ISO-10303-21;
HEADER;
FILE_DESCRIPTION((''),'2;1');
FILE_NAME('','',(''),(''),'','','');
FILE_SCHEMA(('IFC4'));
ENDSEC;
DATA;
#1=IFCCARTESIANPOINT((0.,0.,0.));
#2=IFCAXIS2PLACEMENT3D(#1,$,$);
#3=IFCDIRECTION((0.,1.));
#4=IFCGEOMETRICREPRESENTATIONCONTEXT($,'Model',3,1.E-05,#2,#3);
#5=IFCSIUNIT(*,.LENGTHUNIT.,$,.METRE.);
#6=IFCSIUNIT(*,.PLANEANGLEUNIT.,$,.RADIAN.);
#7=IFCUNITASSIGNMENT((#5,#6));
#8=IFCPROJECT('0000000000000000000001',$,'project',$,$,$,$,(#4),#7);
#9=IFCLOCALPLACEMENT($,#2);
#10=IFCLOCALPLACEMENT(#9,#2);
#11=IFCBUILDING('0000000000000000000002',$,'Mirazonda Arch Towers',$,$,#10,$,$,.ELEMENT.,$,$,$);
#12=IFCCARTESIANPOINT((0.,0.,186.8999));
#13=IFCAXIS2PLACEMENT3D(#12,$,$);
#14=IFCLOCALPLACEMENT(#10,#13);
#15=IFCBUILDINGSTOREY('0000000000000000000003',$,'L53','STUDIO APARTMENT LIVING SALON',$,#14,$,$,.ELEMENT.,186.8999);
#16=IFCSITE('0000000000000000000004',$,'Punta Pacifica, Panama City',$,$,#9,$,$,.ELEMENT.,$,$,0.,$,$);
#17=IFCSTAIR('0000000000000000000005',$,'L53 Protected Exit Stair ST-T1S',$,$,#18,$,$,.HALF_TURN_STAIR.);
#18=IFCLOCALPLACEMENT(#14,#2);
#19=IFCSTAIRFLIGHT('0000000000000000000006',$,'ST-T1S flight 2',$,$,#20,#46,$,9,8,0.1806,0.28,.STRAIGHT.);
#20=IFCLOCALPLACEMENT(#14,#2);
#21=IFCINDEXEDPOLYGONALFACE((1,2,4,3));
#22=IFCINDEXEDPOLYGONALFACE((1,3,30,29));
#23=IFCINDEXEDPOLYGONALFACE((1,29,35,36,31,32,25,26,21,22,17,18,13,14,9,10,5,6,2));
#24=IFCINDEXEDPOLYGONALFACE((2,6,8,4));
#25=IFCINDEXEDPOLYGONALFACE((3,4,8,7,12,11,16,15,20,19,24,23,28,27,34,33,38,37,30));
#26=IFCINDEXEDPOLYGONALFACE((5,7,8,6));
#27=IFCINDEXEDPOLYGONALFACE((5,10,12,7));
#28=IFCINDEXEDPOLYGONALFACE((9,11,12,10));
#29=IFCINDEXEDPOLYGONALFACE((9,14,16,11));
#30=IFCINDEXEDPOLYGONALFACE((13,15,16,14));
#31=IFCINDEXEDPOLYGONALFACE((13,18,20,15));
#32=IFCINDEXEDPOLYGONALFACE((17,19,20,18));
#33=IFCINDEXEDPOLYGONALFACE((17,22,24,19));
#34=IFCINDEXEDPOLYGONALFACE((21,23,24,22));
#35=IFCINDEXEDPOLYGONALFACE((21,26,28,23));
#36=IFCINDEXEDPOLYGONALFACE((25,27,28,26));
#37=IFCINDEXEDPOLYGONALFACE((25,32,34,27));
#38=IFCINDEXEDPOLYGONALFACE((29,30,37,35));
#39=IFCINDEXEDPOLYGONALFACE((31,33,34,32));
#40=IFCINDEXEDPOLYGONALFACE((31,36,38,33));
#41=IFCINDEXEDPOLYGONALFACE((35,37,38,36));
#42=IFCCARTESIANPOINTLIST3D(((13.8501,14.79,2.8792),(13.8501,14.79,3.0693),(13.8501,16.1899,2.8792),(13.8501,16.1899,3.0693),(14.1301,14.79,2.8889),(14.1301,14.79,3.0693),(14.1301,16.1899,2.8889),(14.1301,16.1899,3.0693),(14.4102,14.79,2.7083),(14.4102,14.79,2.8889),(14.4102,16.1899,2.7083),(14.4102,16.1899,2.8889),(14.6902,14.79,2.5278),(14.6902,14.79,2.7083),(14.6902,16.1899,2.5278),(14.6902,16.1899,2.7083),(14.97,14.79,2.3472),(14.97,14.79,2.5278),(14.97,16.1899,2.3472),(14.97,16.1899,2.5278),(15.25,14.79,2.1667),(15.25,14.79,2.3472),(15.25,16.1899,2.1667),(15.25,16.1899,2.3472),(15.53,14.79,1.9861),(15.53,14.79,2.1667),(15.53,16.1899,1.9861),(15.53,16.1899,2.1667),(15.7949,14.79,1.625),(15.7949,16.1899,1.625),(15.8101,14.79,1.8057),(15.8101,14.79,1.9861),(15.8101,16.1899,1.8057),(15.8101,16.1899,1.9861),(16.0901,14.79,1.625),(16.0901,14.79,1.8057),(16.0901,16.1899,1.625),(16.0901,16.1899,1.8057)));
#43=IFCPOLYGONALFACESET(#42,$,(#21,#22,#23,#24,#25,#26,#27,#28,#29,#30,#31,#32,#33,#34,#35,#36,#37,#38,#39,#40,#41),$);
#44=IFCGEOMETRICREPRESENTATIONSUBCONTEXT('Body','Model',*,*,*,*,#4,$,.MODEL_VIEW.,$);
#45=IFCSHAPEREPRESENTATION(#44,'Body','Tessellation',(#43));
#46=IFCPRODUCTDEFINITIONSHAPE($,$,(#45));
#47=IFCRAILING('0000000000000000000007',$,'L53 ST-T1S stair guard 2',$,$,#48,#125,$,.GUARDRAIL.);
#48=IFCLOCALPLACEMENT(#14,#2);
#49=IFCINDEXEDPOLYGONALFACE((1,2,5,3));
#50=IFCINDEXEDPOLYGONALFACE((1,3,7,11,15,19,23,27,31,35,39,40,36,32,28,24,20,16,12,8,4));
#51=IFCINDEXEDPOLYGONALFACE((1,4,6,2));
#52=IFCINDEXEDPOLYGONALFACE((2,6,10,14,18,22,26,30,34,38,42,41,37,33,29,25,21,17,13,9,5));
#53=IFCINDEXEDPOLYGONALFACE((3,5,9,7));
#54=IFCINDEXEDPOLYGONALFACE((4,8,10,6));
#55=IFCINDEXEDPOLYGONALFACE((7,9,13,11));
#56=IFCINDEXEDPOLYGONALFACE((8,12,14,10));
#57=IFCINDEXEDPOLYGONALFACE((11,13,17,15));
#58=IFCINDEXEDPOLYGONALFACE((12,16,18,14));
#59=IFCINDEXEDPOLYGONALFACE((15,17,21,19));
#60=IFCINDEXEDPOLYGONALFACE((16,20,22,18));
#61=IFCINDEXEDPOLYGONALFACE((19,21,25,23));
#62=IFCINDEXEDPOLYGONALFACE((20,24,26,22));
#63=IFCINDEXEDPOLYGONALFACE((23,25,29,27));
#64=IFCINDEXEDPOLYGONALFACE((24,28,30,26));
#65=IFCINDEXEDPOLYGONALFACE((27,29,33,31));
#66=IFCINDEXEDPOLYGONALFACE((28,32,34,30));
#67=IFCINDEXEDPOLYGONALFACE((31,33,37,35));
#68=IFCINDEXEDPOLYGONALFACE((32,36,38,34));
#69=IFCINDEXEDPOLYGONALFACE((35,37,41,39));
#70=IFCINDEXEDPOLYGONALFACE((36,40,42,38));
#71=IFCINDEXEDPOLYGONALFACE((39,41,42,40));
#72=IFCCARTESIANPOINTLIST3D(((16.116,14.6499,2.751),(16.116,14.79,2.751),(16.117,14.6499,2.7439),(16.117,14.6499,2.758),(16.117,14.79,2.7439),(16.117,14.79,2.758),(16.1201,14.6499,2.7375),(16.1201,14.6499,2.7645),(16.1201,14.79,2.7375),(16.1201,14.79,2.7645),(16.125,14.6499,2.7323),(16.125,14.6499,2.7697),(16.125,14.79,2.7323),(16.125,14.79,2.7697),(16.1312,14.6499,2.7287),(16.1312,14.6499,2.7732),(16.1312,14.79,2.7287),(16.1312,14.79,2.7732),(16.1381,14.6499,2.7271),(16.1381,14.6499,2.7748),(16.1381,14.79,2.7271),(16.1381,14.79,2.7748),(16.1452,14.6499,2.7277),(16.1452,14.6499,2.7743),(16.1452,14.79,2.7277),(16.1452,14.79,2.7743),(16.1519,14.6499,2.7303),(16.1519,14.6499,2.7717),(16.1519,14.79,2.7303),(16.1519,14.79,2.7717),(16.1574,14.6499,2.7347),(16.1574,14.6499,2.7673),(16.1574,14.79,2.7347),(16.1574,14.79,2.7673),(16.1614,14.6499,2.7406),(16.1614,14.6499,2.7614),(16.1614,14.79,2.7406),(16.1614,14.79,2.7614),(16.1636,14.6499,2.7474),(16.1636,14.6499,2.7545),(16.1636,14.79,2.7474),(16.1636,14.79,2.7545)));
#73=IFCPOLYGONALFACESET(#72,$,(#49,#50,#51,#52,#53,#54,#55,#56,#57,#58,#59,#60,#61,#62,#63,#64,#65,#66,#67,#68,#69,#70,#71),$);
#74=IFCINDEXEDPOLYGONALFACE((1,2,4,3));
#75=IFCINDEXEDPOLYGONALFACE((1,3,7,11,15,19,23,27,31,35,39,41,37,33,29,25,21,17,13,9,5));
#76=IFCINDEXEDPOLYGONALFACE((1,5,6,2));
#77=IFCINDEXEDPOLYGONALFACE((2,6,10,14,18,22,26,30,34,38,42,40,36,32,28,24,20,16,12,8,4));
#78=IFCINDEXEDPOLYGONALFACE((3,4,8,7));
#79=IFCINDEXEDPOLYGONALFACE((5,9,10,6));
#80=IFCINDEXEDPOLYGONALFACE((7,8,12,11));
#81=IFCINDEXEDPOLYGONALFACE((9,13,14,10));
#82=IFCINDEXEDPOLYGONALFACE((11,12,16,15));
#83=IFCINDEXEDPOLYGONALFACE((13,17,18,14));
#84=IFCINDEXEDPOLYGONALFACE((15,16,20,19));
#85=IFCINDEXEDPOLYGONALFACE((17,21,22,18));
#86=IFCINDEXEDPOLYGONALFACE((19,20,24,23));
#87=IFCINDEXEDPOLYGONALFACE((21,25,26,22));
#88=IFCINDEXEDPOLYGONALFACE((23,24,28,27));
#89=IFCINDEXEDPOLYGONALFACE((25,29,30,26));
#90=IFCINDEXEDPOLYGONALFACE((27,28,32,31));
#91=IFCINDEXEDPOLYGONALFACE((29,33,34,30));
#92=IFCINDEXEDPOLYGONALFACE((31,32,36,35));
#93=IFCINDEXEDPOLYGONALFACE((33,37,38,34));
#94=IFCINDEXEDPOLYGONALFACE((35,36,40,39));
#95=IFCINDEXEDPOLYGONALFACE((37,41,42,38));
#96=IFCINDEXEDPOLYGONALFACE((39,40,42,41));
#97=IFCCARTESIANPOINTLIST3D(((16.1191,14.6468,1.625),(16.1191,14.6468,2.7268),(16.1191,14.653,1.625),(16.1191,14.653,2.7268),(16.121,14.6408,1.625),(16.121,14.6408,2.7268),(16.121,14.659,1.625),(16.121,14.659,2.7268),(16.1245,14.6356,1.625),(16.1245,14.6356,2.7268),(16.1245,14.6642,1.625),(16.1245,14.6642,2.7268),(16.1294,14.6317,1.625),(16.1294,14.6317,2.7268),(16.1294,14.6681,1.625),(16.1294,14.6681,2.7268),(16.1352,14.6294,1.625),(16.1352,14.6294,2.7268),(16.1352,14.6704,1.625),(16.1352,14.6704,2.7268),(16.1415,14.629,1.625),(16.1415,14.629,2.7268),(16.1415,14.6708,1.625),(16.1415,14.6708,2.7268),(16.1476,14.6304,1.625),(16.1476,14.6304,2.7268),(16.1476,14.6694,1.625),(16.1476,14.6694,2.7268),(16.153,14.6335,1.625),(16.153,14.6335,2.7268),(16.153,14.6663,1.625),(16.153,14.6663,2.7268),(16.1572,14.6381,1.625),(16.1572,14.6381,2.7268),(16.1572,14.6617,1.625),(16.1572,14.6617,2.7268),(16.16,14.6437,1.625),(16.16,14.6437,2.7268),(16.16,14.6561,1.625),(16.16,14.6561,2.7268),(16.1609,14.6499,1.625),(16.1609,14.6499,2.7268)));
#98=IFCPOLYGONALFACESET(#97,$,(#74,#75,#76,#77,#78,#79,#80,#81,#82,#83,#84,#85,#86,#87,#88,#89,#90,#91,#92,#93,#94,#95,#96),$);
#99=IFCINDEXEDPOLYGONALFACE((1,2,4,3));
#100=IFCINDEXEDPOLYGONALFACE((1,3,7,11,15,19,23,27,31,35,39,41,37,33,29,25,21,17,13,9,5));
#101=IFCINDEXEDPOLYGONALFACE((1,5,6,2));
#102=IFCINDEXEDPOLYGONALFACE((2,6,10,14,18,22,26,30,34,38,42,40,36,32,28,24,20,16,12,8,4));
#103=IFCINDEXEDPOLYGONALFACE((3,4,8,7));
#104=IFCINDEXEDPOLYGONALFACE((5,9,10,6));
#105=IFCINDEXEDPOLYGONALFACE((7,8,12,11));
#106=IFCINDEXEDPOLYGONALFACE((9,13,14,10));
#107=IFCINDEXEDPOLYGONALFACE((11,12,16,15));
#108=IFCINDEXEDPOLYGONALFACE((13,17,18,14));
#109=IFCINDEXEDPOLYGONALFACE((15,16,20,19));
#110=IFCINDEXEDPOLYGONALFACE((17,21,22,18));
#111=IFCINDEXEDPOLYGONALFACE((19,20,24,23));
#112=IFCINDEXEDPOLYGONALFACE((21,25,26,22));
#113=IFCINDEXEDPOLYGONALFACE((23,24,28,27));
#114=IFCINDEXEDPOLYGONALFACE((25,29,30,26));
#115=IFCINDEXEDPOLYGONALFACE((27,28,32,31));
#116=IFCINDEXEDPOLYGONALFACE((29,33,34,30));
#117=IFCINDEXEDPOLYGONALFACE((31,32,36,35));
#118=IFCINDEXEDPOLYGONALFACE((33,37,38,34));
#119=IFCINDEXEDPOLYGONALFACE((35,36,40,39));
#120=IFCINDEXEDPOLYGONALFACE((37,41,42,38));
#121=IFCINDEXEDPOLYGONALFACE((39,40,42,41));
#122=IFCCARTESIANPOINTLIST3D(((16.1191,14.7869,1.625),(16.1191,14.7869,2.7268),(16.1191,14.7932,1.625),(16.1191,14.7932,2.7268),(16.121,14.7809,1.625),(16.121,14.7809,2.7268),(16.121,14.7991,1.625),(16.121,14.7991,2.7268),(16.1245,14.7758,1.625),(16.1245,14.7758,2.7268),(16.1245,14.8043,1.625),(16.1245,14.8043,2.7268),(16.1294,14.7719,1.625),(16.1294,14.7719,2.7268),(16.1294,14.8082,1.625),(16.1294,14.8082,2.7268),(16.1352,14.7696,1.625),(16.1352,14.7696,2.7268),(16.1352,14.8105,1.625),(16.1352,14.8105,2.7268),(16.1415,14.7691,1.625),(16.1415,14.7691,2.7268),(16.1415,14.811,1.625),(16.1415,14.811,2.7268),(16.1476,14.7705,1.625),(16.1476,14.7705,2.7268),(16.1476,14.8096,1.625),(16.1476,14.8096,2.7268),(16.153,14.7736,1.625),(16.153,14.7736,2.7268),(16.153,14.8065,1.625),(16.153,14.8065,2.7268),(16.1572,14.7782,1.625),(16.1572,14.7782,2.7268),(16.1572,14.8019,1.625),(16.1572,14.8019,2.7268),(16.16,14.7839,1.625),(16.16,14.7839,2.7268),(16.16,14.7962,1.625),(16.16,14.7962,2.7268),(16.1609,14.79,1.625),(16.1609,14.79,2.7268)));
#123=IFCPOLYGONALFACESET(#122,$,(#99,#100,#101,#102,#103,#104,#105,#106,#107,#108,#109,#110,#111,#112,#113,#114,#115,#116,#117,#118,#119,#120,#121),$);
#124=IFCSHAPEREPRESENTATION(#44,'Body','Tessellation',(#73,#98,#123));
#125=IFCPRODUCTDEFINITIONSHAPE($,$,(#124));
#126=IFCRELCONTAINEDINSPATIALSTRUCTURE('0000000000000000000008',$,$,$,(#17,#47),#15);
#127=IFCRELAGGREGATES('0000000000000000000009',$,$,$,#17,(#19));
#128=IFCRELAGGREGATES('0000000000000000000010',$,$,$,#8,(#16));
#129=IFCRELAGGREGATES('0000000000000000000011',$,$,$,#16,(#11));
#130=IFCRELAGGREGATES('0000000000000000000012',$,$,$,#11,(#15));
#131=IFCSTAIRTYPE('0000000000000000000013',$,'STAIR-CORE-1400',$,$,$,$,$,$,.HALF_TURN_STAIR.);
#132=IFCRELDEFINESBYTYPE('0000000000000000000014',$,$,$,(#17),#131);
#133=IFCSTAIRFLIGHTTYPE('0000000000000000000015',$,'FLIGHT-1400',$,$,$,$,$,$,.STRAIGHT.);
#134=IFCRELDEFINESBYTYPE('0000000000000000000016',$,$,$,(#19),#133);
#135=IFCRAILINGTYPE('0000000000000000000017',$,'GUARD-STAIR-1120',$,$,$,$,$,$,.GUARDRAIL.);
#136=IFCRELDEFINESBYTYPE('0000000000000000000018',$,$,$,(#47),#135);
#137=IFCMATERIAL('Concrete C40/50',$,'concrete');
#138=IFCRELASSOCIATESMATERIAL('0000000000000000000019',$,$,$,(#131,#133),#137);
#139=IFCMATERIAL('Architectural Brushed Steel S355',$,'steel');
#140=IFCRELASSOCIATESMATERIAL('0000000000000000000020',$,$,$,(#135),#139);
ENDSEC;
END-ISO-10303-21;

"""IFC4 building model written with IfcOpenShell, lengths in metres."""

from ifc_helpers import new_model, si_unit, direction, frame, origin, origin_2d, place, context, subcontext, project, spatial, polyline, circle, outline, extrude, material, type_object, element, aggregate, save


model = new_model("IFC4")

# Units and contexts
model_context = context("Model", 3, precision=1e-05, world=origin(), true_north=direction((0.0, 1.0)))
body_context = subcontext(model_context, "Body", "Model", "MODEL_VIEW")
ifc_project = project(units=[si_unit("LENGTHUNIT", "METRE"), si_unit("PLANEANGLEUNIT", "RADIAN")], contexts=[model_context])

# Site, building, storey
site_placement = place(None, origin())
site = spatial("IfcSite", under=ifc_project, at=site_placement, Name="Punta Pacifica, Panama City", CompositionType="ELEMENT", RefElevation=0.0)
building_placement = place(site_placement, origin())
building = spatial("IfcBuilding", under=site, at=building_placement, Name="Mirazonda Arch Towers", CompositionType="ELEMENT")
storey_placement = place(building_placement, frame((0.0, 0.0, 186.8999)))
storey = spatial("IfcBuildingStorey", under=building, at=storey_placement, Name="L53", Description="STUDIO APARTMENT LIVING SALON", CompositionType="ELEMENT", Elevation=186.8999)

# Shared definitions
ifc_material_1 = material(Name="Concrete C40/50", Category="concrete")

# Shared definitions
ifc_material_2 = material(Name="Architectural Brushed Steel S355", Category="steel")

# Stair, stair flight
stair_type = type_object("IfcStairType", Name="STAIR-CORE-1400", PredefinedType="HALF_TURN_STAIR", material=ifc_material_1)
stair_placement = place(storey_placement, origin())
stair = element("IfcStair", 1, at=stair_placement, inside=storey, type_object=stair_type, Name="L53 Protected Exit Stair ST-T1S", PredefinedType="HALF_TURN_STAIR")
stair_flight_type = type_object("IfcStairFlightType", Name="FLIGHT-1400", PredefinedType="STRAIGHT", material=ifc_material_1)
stair_flight_placement = place(storey_placement, frame((16.0901, 15.49, 1.625), z_axis=(0.0, 0.0, 1.0), x_axis=(-1.0, 0.0, 0.0)))
stair_flight = element("IfcStairFlight", 2, at=stair_flight_placement, type_object=stair_flight_type, Name="ST-T1S flight 2", NumberOfRisers=9, NumberOfTreads=8, PredefinedType="STRAIGHT", RiserHeight=0.1806, TreadLength=0.28, context=body_context, shape_type="SweptSolid", body=[
    extrude(outline(polyline([(0.0, 0.0), (0.0, 0.1807), (0.28, 0.1807), (0.28, 0.3611), (0.5601, 0.3611), (0.5601, 0.5417), (0.8401, 0.5417), (0.8401, 0.7222), (1.1201, 0.7222), (1.1201, 0.9028), (1.3999, 0.9028), (1.3999, 1.0833), (1.6799, 1.0833), (1.6799, 1.2639), (1.96, 1.2639), (1.96, 1.4443), (2.24, 1.4443), (2.24, 1.625), (2.24, 1.2542), (0.2952, 0.0), (0.0, 0.0)])), frame((0.0, 0.7, 0.0), z_axis=(0.0, -1.0, 0.0), x_axis=(1.0, 0.0, 0.0)), (0.0, 0.0, 1.0), 1.3999),
])
aggregate(stair, [stair_flight])

# Railing
railing_type_1 = type_object("IfcRailingType", Name="GUARD-STAIR-1120", PredefinedType="GUARDRAIL", material=ifc_material_2)
railing_1_placement = place(storey_placement, frame((16.1399, 14.6499, 1.625)))
element("IfcRailing", 3, at=railing_1_placement, inside=storey, type_object=railing_type_1, Name="L53 ST-T1S stair guard 2", PredefinedType="GUARDRAIL", context=body_context, shape_type="SweptSolid", body=[
    extrude(circle(Radius=0.0239, at=origin_2d()), frame((0.0, 0.0, 1.126), z_axis=(0.0, 1.0, 0.0), x_axis=(-1.0, 0.0, 0.0)), (0.0, 0.0, 1.0), 0.1401),
    extrude(circle(Radius=0.021, at=origin_2d()), origin(), (0.0, 0.0, 1.0), 1.1018),
    extrude(circle(Radius=0.021, at=origin_2d()), frame((0.0, 0.1401, 0.0)), (0.0, 0.0, 1.0), 1.1018),
])

save(model, "model.ifc")
